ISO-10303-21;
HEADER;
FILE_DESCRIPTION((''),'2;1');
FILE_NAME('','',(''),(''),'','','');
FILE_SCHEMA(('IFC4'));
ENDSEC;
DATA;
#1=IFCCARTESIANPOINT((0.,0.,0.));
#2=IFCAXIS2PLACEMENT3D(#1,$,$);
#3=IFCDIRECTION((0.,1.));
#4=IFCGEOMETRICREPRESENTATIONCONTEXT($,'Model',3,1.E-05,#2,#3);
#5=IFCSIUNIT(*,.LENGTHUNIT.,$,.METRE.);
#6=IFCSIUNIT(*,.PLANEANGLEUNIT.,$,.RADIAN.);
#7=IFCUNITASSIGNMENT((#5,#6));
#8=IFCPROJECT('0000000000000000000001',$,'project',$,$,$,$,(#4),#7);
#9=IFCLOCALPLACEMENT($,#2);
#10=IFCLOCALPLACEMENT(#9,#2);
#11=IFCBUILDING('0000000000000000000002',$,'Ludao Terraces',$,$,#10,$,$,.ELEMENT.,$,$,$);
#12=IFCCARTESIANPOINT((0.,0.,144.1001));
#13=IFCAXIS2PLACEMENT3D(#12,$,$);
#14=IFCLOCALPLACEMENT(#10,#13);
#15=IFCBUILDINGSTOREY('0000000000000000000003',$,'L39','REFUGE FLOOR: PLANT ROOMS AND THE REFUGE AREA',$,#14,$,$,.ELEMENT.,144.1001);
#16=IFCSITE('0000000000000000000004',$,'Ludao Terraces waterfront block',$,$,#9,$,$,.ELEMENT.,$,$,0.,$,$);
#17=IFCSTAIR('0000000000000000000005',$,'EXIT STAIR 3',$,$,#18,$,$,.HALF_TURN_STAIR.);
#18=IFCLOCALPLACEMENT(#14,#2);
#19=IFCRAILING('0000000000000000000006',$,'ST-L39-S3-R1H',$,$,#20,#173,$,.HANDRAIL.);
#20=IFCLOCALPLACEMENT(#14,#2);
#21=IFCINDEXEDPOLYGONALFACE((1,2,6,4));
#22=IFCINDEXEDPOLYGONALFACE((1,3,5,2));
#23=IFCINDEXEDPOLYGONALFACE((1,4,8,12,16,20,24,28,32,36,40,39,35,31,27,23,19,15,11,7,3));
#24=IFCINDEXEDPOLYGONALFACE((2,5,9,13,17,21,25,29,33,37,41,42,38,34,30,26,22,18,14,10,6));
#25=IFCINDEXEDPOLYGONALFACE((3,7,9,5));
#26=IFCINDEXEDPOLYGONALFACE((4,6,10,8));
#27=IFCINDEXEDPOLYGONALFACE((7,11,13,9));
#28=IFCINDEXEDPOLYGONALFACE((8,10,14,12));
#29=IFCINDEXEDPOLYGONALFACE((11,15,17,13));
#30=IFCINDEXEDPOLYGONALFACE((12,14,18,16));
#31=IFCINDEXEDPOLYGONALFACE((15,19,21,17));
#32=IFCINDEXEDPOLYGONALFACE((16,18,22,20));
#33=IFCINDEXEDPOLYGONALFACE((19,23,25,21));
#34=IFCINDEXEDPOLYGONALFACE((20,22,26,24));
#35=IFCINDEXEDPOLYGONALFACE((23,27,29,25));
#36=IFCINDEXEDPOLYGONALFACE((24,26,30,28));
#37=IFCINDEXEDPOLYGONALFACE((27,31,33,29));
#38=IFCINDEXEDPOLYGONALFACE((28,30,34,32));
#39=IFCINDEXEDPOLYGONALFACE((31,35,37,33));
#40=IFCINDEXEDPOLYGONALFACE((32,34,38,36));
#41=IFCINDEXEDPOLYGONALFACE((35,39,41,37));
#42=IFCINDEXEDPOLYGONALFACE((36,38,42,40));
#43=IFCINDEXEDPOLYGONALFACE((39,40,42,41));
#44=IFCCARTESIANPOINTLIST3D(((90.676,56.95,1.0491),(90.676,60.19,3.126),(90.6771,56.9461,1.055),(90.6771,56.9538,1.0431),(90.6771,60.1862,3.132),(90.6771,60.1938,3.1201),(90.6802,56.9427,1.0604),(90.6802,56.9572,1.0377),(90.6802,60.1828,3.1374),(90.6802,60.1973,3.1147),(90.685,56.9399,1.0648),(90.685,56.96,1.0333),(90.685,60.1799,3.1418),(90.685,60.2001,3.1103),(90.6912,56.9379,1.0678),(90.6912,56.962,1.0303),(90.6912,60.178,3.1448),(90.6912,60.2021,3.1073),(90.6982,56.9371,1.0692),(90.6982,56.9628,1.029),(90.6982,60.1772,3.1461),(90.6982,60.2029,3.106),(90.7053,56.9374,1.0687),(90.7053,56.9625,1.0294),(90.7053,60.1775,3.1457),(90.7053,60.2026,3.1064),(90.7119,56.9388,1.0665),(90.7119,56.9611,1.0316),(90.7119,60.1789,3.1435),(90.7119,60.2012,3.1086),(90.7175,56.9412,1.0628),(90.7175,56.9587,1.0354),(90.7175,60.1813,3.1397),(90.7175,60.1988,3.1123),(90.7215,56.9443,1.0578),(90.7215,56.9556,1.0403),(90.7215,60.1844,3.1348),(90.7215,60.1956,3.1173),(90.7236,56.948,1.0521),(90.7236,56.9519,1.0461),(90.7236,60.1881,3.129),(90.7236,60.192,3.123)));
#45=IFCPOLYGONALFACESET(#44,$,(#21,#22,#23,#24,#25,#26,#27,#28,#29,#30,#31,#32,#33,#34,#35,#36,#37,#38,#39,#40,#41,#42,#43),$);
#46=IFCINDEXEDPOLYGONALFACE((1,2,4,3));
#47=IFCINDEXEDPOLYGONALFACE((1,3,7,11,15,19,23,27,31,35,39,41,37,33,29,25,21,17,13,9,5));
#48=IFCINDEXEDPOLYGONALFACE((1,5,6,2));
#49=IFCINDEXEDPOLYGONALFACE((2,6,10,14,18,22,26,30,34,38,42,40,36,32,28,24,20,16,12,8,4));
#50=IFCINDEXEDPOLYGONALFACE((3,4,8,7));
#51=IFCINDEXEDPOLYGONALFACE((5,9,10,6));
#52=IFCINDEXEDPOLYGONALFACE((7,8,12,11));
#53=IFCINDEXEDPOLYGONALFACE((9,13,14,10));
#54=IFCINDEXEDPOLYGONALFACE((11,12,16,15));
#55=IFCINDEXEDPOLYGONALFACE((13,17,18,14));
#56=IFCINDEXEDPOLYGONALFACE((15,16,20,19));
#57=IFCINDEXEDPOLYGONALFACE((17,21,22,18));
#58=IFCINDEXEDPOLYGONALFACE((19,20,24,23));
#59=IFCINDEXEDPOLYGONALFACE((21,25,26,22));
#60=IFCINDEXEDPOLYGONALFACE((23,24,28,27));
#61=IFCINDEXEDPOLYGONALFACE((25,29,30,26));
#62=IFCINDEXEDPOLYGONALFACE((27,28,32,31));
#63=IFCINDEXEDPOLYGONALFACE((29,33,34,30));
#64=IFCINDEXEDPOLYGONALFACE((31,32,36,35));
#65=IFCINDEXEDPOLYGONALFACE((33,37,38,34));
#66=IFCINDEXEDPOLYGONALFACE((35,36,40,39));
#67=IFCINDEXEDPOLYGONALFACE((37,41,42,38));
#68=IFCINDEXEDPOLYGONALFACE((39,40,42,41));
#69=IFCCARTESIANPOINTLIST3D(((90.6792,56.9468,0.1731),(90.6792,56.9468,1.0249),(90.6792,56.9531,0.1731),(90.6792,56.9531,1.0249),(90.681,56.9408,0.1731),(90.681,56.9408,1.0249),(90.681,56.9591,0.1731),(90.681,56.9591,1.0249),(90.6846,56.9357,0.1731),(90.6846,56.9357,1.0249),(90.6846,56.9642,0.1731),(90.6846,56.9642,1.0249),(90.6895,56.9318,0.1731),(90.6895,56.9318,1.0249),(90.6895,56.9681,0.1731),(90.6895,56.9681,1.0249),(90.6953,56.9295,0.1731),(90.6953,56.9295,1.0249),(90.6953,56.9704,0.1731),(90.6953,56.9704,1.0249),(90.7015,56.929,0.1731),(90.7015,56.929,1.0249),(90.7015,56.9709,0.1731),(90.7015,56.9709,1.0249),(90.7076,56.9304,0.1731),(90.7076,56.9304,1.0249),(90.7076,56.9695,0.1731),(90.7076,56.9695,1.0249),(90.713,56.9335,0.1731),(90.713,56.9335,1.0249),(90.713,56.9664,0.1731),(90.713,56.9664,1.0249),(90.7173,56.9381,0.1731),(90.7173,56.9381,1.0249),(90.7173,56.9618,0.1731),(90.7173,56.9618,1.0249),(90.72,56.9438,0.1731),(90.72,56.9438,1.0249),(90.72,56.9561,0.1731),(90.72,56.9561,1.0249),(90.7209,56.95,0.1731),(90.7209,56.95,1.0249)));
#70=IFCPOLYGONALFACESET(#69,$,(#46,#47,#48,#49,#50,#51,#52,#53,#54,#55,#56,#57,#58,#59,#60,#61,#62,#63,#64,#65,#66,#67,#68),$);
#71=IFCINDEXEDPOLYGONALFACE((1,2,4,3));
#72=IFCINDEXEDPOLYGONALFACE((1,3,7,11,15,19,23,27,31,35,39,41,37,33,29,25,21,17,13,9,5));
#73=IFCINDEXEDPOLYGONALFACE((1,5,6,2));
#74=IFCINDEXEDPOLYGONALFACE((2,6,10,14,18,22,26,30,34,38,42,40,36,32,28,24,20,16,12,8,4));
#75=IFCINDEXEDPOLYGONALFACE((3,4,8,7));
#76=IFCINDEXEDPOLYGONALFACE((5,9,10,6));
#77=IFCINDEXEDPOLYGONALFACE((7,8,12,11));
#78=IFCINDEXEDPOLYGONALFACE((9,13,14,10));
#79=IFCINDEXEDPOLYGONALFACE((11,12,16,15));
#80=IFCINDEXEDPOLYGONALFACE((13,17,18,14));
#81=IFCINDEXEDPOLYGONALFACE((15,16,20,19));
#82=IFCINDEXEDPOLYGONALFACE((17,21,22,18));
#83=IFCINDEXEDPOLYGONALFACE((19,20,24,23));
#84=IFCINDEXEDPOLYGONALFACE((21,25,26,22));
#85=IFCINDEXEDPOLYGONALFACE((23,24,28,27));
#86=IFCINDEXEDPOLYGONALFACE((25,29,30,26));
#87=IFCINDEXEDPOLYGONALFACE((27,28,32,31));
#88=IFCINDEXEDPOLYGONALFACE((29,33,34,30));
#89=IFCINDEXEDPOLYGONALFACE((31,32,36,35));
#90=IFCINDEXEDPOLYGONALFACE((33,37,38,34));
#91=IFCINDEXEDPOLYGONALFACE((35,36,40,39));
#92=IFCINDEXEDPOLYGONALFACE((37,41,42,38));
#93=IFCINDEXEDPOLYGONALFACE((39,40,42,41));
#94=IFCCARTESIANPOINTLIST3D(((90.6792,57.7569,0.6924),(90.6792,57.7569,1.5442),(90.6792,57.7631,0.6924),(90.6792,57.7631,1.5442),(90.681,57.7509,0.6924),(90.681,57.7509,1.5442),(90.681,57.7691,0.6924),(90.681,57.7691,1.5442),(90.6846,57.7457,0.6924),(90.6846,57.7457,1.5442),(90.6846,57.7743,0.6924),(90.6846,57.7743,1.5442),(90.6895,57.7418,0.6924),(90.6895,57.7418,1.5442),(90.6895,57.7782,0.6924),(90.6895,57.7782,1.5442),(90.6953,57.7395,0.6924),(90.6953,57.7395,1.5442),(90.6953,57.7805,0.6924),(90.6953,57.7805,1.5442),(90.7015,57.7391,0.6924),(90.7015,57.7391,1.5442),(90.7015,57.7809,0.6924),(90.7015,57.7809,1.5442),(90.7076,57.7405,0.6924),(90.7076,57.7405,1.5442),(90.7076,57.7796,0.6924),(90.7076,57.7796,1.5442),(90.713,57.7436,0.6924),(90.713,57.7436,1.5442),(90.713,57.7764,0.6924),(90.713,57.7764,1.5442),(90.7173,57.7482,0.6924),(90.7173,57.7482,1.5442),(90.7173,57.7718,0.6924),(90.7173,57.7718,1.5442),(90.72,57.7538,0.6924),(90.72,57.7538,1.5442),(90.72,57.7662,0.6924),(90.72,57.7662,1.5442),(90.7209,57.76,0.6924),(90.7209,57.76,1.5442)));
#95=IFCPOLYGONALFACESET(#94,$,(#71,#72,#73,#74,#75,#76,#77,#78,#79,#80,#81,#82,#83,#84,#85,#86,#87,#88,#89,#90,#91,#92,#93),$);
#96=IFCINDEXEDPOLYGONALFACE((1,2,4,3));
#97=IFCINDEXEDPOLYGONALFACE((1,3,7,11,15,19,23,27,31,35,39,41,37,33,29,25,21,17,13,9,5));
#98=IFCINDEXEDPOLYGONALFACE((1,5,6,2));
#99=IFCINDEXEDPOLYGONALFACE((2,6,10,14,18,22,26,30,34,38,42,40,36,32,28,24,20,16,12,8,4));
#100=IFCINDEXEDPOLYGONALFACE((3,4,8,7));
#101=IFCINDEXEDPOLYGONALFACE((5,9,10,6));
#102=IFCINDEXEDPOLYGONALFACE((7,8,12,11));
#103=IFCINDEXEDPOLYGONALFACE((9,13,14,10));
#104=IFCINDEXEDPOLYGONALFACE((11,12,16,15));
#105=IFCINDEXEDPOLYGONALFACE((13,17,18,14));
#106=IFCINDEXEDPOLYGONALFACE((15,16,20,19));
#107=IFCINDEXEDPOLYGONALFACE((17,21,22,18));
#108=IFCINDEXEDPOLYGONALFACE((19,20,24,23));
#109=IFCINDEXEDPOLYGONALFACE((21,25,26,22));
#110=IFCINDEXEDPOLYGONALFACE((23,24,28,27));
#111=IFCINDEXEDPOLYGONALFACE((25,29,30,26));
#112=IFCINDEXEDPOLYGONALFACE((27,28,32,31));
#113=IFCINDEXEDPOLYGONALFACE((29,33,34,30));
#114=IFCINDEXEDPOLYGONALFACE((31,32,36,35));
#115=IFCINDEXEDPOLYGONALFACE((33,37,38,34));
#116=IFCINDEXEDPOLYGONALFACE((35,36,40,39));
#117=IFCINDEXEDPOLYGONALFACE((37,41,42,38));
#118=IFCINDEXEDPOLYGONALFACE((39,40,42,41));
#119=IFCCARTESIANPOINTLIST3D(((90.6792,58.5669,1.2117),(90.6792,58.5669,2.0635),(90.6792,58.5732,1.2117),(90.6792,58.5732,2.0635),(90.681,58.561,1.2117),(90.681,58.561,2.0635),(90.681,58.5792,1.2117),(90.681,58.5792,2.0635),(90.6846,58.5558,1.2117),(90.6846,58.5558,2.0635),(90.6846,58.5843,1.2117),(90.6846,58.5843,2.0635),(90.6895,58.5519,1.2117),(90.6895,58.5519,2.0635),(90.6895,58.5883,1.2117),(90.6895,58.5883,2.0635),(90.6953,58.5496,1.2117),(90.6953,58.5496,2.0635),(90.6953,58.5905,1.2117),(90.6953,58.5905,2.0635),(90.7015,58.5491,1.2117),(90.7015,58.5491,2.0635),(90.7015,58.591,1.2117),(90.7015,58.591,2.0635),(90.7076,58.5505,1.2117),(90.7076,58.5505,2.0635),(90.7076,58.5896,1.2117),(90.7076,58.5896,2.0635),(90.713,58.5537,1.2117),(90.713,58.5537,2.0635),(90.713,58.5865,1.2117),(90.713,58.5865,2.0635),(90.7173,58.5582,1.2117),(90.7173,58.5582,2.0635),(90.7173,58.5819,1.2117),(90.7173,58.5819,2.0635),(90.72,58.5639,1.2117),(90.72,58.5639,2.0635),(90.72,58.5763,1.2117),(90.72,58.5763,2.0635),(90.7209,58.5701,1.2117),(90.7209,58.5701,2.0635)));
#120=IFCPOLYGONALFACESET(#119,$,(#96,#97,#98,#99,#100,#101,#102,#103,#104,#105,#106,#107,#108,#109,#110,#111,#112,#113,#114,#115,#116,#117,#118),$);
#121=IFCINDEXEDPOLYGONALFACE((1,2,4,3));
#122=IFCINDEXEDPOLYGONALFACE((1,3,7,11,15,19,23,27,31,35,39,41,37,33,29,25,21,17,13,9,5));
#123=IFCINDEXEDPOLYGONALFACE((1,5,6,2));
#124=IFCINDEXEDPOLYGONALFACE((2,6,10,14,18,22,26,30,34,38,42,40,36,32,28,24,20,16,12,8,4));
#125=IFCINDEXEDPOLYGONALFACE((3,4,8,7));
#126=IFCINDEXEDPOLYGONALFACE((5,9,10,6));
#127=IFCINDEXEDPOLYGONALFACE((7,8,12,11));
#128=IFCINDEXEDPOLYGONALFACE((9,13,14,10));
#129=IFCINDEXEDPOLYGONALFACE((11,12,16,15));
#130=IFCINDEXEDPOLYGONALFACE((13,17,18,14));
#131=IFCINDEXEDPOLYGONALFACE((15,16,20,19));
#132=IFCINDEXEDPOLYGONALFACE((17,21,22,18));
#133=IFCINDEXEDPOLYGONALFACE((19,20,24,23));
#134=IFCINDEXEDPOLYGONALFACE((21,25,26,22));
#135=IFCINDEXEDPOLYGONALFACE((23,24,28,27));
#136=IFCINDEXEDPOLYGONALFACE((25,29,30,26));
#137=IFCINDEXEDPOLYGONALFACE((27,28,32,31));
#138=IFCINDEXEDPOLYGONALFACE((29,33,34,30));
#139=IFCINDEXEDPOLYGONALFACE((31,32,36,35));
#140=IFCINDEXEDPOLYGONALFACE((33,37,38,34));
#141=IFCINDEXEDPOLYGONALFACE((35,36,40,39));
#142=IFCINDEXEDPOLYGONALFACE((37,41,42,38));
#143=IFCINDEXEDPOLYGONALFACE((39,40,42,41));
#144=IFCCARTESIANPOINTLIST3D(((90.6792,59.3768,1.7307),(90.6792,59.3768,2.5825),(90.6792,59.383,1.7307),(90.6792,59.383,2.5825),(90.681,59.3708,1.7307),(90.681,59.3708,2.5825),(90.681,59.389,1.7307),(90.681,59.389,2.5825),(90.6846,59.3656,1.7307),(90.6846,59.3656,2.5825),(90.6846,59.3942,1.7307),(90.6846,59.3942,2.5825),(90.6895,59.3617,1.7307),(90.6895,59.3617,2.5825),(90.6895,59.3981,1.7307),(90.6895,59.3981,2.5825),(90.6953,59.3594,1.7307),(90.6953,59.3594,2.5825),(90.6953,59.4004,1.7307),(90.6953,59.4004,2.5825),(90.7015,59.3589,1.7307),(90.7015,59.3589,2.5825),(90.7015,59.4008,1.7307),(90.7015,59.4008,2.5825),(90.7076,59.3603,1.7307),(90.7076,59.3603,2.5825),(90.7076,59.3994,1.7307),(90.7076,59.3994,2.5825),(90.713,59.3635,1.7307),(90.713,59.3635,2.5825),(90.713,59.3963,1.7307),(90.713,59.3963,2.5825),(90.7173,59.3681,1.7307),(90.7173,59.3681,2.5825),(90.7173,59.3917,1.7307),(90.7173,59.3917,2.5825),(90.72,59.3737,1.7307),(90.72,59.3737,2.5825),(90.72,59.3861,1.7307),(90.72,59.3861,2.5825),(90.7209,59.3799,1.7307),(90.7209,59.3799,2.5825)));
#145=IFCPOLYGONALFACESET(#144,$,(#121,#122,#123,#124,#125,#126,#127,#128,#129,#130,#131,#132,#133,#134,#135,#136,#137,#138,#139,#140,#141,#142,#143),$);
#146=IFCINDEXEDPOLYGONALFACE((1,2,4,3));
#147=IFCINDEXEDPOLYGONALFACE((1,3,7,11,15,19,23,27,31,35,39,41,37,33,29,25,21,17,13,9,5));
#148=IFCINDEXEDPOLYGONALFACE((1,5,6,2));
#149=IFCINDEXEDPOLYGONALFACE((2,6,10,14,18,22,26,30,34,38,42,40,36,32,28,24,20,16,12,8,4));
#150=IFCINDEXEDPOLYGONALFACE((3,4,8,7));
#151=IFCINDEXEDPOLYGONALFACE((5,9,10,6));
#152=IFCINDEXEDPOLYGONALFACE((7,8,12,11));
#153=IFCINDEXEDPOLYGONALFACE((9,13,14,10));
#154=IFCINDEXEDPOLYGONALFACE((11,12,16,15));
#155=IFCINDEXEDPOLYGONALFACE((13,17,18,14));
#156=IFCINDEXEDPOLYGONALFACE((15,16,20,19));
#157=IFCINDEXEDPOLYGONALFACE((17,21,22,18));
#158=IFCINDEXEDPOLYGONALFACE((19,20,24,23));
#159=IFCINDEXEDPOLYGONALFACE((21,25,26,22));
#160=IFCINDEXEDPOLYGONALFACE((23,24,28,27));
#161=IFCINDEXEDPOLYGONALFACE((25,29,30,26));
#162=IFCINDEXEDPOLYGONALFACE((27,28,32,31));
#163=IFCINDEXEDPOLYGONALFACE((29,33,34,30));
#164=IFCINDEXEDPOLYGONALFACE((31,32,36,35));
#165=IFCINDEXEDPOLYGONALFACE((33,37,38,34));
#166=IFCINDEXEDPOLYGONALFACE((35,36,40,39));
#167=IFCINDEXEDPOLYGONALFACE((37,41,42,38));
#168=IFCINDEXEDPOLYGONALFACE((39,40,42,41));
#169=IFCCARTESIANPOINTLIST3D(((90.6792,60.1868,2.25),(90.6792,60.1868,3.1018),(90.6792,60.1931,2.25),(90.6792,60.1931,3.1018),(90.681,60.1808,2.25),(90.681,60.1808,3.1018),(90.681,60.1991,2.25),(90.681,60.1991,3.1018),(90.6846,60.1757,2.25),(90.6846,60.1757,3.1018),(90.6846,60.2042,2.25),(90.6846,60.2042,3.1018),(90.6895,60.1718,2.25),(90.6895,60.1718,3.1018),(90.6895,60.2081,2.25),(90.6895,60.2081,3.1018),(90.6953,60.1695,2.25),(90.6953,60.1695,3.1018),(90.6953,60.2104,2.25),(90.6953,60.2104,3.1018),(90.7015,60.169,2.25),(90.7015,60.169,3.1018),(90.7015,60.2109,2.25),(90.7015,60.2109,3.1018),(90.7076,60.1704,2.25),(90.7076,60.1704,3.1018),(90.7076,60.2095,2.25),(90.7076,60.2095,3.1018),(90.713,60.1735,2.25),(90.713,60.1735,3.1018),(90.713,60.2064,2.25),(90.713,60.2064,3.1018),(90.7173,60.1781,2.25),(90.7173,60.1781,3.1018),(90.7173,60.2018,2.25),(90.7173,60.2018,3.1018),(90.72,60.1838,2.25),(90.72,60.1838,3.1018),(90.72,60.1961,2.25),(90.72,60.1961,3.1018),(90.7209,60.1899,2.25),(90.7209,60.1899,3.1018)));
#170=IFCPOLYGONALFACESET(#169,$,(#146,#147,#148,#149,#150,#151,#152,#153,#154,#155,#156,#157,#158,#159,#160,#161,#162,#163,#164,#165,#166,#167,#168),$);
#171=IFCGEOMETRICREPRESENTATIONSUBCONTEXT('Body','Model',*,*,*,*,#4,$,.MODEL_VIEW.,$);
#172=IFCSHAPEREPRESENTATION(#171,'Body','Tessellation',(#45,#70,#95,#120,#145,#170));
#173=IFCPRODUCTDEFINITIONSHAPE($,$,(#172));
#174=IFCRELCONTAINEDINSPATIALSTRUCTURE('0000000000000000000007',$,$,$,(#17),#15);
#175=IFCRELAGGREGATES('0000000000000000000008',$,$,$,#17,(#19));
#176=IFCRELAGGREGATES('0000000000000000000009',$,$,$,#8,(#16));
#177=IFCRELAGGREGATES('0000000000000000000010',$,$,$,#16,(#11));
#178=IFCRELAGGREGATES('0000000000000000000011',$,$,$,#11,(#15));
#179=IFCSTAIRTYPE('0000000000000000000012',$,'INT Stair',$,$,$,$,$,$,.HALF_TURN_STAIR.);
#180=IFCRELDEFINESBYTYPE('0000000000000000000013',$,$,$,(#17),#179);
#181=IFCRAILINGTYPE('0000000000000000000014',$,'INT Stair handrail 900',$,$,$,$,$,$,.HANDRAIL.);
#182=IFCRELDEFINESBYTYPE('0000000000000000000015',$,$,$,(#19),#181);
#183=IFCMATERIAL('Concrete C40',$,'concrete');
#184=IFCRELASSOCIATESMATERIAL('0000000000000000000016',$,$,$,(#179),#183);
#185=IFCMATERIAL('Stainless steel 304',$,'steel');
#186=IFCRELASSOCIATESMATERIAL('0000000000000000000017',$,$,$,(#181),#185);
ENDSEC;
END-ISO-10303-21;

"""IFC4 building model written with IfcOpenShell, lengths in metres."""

from ifc_helpers import new_model, si_unit, direction, frame, origin, origin_2d, place, context, subcontext, project, spatial, circle, extrude, material, type_object, element, aggregate, save


model = new_model("IFC4")

# Units and contexts
model_context = context("Model", 3, precision=1e-05, world=origin(), true_north=direction((0.0, 1.0)))
body_context = subcontext(model_context, "Body", "Model", "MODEL_VIEW")
ifc_project = project(units=[si_unit("LENGTHUNIT", "METRE"), si_unit("PLANEANGLEUNIT", "RADIAN")], contexts=[model_context])

# Site, building, storey
site_placement = place(None, origin())
site = spatial("IfcSite", under=ifc_project, at=site_placement, Name="Ludao Terraces waterfront block", CompositionType="ELEMENT", RefElevation=0.0)
building_placement = place(site_placement, origin())
building = spatial("IfcBuilding", under=site, at=building_placement, Name="Ludao Terraces", CompositionType="ELEMENT")
storey_placement = place(building_placement, frame((0.0, 0.0, 144.1001)))
storey = spatial("IfcBuildingStorey", under=building, at=storey_placement, Name="L39", Description="REFUGE FLOOR: PLANT ROOMS AND THE REFUGE AREA", CompositionType="ELEMENT", Elevation=144.1001)

# Stair, railing
ifc_material_1 = material(Name="Concrete C40", Category="concrete")
stair_type = type_object("IfcStairType", Name="INT Stair", PredefinedType="HALF_TURN_STAIR", material=ifc_material_1)
stair_placement = place(storey_placement, origin())
stair = element("IfcStair", 1, at=stair_placement, inside=storey, type_object=stair_type, Name="EXIT STAIR 3", PredefinedType="HALF_TURN_STAIR")
ifc_material_2 = material(Name="Stainless steel 304", Category="steel")
railing_type_1 = type_object("IfcRailingType", Name="INT Stair handrail 900", PredefinedType="HANDRAIL", material=ifc_material_2)
railing_1_placement = place(storey_placement, frame((90.7, 56.95, 0.1731)))
railing_1 = element("IfcRailing", 2, at=railing_1_placement, type_object=railing_type_1, Name="ST-L39-S3-R1H", PredefinedType="HANDRAIL", context=body_context, shape_type="SweptSolid", body=[
    extrude(circle(Radius=0.0239, at=origin_2d()), frame((0.0, 0.0, 0.876), z_axis=(0.0, 0.841881, 0.539664), x_axis=(-1.0, 0.0, 0.0)), (0.0, 0.0, 1.0), 3.8486),
    extrude(circle(Radius=0.021, at=origin_2d()), origin(), (0.0, 0.0, 1.0), 0.8518),
    extrude(circle(Radius=0.021, at=origin_2d()), frame((0.0, 0.8101, 0.5193)), (0.0, 0.0, 1.0), 0.8518),
    extrude(circle(Radius=0.021, at=origin_2d()), frame((0.0, 1.6201, 1.0386)), (0.0, 0.0, 1.0), 0.8518),
    extrude(circle(Radius=0.021, at=origin_2d()), frame((0.0, 2.4299, 1.5576)), (0.0, 0.0, 1.0), 0.8518),
    extrude(circle(Radius=0.021, at=origin_2d()), frame((0.0, 3.24, 2.0769)), (0.0, 0.0, 1.0), 0.8518),
])
aggregate(stair, [railing_1])

save(model, "model.ifc")
